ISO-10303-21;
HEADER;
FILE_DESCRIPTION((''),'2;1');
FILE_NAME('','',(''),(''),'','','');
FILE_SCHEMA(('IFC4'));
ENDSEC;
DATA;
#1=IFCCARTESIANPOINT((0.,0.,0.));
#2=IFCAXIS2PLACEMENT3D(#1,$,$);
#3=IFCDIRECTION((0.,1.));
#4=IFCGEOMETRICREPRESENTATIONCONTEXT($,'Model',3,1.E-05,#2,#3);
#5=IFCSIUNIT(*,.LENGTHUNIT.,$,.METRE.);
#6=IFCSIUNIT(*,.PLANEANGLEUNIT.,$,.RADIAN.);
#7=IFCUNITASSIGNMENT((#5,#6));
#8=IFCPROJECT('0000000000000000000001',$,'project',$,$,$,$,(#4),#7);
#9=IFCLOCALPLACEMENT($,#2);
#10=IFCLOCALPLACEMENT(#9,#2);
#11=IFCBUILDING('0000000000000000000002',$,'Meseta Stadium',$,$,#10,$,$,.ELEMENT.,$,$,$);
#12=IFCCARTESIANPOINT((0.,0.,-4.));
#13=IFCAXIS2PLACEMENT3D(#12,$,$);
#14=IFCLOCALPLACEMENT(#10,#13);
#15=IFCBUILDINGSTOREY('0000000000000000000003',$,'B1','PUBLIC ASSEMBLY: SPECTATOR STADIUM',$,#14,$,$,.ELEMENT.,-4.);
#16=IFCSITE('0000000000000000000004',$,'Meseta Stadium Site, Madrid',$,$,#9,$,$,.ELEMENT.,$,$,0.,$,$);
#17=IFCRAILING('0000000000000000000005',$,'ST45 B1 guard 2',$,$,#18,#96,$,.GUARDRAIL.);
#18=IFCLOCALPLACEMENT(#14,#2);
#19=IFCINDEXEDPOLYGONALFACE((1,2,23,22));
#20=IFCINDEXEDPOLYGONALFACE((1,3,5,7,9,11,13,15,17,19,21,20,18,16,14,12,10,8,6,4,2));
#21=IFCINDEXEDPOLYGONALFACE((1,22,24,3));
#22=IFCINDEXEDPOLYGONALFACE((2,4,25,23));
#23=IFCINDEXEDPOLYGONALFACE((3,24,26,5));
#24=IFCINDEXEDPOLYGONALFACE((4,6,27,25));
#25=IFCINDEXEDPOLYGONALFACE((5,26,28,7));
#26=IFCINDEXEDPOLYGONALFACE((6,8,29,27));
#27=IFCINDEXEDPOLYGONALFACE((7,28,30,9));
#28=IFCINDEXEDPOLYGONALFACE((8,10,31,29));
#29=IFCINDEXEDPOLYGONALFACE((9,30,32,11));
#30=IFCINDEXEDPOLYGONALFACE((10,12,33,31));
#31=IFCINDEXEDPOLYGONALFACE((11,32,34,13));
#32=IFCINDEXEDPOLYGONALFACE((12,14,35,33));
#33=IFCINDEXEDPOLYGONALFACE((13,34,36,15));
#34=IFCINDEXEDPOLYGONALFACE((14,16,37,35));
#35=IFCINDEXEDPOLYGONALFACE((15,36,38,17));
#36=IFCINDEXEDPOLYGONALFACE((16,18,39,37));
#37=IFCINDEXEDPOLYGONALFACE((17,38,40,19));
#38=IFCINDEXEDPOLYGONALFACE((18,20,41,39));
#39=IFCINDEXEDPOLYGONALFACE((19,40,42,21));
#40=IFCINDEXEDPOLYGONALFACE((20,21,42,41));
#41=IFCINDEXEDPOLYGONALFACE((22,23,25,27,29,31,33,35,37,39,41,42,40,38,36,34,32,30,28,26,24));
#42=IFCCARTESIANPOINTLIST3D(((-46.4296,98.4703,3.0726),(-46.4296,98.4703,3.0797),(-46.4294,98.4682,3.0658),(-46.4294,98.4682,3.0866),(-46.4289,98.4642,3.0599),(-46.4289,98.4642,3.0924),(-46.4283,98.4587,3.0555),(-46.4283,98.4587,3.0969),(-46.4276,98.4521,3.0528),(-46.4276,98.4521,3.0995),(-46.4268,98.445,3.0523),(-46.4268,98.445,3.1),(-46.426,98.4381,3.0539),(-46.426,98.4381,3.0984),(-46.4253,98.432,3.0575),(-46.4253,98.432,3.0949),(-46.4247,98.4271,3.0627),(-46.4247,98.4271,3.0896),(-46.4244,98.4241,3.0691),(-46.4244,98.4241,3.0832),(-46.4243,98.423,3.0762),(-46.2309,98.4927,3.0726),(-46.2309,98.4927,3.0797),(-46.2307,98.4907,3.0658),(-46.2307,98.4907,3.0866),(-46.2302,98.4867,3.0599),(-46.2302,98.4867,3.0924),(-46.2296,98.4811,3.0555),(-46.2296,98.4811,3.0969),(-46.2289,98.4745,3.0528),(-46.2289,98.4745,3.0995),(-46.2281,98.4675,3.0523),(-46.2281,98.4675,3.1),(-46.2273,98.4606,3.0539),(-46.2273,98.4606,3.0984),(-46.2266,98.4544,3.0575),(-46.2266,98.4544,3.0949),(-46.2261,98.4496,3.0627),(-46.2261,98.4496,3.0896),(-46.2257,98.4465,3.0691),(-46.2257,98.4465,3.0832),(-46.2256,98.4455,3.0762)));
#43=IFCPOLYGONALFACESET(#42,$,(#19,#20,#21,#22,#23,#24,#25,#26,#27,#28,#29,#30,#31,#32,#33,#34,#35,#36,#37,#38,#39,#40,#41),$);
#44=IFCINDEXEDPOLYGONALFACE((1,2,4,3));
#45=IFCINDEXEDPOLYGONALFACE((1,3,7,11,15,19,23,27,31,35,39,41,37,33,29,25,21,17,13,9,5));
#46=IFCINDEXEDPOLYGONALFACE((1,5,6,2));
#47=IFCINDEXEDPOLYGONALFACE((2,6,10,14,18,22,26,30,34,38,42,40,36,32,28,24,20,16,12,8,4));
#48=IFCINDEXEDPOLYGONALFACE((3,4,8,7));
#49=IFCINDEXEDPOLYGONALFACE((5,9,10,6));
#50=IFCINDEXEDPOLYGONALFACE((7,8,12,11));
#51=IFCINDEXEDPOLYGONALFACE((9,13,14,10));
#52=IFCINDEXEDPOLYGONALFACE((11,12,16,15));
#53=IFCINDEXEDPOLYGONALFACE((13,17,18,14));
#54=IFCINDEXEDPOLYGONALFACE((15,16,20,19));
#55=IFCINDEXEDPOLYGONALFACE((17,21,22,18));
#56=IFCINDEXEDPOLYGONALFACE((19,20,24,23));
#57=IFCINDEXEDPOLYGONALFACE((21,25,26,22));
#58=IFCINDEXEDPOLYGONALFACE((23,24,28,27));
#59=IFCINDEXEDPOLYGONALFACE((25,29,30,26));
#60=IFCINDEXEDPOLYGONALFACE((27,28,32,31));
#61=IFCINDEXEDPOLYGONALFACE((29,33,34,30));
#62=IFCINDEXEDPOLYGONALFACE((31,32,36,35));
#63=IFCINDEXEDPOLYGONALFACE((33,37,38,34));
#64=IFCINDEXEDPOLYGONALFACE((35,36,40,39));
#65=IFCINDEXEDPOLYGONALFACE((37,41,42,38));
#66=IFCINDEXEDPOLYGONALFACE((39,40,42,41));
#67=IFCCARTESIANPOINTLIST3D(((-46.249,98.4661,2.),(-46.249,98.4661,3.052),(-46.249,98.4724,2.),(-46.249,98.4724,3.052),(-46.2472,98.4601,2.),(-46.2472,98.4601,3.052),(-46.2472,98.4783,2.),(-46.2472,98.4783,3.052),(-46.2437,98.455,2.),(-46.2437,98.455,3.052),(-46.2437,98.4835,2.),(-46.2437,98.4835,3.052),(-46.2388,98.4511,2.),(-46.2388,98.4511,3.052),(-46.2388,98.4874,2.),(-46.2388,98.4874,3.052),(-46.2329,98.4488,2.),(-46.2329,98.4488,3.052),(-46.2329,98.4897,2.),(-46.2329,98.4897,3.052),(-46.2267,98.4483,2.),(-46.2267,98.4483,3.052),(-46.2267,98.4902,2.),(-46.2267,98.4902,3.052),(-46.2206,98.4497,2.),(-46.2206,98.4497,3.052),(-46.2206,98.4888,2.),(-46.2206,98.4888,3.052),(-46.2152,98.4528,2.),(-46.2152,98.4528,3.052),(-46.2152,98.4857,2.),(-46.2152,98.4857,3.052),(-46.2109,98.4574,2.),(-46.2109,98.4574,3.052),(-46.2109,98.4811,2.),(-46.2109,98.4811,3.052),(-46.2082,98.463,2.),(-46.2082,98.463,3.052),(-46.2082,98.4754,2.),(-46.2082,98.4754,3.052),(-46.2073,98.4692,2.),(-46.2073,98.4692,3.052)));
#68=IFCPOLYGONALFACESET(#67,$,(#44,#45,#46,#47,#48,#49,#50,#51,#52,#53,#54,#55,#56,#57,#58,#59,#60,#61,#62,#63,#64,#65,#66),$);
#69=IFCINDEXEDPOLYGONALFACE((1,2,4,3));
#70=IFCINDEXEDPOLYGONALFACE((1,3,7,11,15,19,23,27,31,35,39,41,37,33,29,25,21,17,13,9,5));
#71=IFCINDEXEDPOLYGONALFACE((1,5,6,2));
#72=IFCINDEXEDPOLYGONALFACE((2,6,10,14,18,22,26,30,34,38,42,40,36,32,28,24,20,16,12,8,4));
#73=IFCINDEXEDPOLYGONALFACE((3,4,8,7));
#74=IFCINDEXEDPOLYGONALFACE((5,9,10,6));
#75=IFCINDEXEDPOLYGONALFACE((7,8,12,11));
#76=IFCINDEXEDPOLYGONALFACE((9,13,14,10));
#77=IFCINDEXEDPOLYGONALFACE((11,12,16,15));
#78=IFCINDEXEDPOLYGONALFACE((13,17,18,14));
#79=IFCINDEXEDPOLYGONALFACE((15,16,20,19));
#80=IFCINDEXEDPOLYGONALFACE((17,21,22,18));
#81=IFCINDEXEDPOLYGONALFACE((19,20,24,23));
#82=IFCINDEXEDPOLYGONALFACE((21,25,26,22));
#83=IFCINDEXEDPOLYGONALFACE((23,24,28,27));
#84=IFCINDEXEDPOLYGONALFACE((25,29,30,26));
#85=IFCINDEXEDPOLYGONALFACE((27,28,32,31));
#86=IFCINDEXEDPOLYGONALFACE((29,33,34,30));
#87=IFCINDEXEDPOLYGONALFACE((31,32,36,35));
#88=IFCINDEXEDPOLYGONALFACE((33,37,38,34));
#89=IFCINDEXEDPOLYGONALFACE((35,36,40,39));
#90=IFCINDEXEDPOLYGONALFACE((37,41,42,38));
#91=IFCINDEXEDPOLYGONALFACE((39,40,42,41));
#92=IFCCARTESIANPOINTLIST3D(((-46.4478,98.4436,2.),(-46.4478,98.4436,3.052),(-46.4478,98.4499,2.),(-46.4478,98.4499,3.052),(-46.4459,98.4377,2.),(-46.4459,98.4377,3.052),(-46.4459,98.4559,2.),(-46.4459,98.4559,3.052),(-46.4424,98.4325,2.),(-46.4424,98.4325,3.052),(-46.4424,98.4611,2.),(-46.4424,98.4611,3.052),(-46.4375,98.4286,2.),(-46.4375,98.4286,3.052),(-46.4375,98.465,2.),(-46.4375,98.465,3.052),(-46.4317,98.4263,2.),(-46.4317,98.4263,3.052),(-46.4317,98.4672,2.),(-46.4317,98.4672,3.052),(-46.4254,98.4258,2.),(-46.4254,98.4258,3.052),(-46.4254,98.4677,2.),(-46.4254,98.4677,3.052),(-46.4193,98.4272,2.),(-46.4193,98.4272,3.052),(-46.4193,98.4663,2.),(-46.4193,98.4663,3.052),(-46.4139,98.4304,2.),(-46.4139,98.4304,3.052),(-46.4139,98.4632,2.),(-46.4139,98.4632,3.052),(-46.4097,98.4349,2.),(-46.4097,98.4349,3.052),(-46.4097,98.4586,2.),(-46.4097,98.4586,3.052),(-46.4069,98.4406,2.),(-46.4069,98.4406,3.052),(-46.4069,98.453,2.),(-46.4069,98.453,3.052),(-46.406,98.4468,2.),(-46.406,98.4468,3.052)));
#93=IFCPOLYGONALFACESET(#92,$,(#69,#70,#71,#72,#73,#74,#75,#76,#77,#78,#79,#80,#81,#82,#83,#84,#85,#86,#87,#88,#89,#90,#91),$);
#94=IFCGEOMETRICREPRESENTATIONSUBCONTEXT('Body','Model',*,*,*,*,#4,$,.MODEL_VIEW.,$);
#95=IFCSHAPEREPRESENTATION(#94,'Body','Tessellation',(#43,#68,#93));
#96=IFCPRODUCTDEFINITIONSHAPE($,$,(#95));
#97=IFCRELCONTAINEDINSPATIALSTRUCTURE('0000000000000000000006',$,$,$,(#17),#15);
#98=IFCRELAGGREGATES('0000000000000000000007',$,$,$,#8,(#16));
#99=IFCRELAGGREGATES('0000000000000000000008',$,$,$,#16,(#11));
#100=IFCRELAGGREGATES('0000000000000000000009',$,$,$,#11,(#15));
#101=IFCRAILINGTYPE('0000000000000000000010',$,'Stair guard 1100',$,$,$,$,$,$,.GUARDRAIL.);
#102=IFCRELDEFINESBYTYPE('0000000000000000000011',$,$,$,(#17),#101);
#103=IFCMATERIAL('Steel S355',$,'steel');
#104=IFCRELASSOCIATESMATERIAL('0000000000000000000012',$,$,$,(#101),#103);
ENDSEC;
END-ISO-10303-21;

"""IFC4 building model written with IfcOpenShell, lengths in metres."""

from ifc_helpers import new_model, si_unit, direction, frame, origin, origin_2d, place, context, subcontext, project, spatial, circle, extrude, material, type_object, element, save


model = new_model("IFC4")

# Units and contexts
model_context = context("Model", 3, precision=1e-05, world=origin(), true_north=direction((0.0, 1.0)))
body_context = subcontext(model_context, "Body", "Model", "MODEL_VIEW")
ifc_project = project(units=[si_unit("LENGTHUNIT", "METRE"), si_unit("PLANEANGLEUNIT", "RADIAN")], contexts=[model_context])

# Site, building, storey
site_placement = place(None, origin())
site = spatial("IfcSite", under=ifc_project, at=site_placement, Name="Meseta Stadium Site, Madrid", CompositionType="ELEMENT", RefElevation=0.0)
building_placement = place(site_placement, origin())
building = spatial("IfcBuilding", under=site, at=building_placement, Name="Meseta Stadium", CompositionType="ELEMENT")
storey_placement = place(building_placement, frame((0.0, 0.0, -4.0)))
storey = spatial("IfcBuildingStorey", under=building, at=storey_placement, Name="B1", Description="PUBLIC ASSEMBLY: SPECTATOR STADIUM", CompositionType="ELEMENT", Elevation=-4.0)

# Railing
ifc_material_1 = material(Name="Steel S355", Category="steel")
railing_type_1 = type_object("IfcRailingType", Name="Stair guard 1100", PredefinedType="GUARDRAIL", material=ifc_material_1)
railing_1_placement = place(storey_placement, frame((-46.2283, 98.4692, 2.0)))
element("IfcRailing", 1, at=railing_1_placement, inside=storey, type_object=railing_type_1, Name="ST45 B1 guard 2", PredefinedType="GUARDRAIL", context=body_context, shape_type="SweptSolid", body=[
    extrude(circle(Radius=0.0239, at=origin_2d()), frame((0.0, 0.0, 1.0762), z_axis=(-0.993674, -0.112307, 0.0), x_axis=(0.112307, -0.993674, 0.0)), (0.0, 0.0, 1.0), 0.2),
    extrude(circle(Radius=0.021, at=origin_2d()), origin(), (0.0, 0.0, 1.0), 1.052),
    extrude(circle(Radius=0.021, at=origin_2d()), frame((-0.1987, -0.0225, 0.0)), (0.0, 0.0, 1.0), 1.052),
])

save(model, "model.ifc")
